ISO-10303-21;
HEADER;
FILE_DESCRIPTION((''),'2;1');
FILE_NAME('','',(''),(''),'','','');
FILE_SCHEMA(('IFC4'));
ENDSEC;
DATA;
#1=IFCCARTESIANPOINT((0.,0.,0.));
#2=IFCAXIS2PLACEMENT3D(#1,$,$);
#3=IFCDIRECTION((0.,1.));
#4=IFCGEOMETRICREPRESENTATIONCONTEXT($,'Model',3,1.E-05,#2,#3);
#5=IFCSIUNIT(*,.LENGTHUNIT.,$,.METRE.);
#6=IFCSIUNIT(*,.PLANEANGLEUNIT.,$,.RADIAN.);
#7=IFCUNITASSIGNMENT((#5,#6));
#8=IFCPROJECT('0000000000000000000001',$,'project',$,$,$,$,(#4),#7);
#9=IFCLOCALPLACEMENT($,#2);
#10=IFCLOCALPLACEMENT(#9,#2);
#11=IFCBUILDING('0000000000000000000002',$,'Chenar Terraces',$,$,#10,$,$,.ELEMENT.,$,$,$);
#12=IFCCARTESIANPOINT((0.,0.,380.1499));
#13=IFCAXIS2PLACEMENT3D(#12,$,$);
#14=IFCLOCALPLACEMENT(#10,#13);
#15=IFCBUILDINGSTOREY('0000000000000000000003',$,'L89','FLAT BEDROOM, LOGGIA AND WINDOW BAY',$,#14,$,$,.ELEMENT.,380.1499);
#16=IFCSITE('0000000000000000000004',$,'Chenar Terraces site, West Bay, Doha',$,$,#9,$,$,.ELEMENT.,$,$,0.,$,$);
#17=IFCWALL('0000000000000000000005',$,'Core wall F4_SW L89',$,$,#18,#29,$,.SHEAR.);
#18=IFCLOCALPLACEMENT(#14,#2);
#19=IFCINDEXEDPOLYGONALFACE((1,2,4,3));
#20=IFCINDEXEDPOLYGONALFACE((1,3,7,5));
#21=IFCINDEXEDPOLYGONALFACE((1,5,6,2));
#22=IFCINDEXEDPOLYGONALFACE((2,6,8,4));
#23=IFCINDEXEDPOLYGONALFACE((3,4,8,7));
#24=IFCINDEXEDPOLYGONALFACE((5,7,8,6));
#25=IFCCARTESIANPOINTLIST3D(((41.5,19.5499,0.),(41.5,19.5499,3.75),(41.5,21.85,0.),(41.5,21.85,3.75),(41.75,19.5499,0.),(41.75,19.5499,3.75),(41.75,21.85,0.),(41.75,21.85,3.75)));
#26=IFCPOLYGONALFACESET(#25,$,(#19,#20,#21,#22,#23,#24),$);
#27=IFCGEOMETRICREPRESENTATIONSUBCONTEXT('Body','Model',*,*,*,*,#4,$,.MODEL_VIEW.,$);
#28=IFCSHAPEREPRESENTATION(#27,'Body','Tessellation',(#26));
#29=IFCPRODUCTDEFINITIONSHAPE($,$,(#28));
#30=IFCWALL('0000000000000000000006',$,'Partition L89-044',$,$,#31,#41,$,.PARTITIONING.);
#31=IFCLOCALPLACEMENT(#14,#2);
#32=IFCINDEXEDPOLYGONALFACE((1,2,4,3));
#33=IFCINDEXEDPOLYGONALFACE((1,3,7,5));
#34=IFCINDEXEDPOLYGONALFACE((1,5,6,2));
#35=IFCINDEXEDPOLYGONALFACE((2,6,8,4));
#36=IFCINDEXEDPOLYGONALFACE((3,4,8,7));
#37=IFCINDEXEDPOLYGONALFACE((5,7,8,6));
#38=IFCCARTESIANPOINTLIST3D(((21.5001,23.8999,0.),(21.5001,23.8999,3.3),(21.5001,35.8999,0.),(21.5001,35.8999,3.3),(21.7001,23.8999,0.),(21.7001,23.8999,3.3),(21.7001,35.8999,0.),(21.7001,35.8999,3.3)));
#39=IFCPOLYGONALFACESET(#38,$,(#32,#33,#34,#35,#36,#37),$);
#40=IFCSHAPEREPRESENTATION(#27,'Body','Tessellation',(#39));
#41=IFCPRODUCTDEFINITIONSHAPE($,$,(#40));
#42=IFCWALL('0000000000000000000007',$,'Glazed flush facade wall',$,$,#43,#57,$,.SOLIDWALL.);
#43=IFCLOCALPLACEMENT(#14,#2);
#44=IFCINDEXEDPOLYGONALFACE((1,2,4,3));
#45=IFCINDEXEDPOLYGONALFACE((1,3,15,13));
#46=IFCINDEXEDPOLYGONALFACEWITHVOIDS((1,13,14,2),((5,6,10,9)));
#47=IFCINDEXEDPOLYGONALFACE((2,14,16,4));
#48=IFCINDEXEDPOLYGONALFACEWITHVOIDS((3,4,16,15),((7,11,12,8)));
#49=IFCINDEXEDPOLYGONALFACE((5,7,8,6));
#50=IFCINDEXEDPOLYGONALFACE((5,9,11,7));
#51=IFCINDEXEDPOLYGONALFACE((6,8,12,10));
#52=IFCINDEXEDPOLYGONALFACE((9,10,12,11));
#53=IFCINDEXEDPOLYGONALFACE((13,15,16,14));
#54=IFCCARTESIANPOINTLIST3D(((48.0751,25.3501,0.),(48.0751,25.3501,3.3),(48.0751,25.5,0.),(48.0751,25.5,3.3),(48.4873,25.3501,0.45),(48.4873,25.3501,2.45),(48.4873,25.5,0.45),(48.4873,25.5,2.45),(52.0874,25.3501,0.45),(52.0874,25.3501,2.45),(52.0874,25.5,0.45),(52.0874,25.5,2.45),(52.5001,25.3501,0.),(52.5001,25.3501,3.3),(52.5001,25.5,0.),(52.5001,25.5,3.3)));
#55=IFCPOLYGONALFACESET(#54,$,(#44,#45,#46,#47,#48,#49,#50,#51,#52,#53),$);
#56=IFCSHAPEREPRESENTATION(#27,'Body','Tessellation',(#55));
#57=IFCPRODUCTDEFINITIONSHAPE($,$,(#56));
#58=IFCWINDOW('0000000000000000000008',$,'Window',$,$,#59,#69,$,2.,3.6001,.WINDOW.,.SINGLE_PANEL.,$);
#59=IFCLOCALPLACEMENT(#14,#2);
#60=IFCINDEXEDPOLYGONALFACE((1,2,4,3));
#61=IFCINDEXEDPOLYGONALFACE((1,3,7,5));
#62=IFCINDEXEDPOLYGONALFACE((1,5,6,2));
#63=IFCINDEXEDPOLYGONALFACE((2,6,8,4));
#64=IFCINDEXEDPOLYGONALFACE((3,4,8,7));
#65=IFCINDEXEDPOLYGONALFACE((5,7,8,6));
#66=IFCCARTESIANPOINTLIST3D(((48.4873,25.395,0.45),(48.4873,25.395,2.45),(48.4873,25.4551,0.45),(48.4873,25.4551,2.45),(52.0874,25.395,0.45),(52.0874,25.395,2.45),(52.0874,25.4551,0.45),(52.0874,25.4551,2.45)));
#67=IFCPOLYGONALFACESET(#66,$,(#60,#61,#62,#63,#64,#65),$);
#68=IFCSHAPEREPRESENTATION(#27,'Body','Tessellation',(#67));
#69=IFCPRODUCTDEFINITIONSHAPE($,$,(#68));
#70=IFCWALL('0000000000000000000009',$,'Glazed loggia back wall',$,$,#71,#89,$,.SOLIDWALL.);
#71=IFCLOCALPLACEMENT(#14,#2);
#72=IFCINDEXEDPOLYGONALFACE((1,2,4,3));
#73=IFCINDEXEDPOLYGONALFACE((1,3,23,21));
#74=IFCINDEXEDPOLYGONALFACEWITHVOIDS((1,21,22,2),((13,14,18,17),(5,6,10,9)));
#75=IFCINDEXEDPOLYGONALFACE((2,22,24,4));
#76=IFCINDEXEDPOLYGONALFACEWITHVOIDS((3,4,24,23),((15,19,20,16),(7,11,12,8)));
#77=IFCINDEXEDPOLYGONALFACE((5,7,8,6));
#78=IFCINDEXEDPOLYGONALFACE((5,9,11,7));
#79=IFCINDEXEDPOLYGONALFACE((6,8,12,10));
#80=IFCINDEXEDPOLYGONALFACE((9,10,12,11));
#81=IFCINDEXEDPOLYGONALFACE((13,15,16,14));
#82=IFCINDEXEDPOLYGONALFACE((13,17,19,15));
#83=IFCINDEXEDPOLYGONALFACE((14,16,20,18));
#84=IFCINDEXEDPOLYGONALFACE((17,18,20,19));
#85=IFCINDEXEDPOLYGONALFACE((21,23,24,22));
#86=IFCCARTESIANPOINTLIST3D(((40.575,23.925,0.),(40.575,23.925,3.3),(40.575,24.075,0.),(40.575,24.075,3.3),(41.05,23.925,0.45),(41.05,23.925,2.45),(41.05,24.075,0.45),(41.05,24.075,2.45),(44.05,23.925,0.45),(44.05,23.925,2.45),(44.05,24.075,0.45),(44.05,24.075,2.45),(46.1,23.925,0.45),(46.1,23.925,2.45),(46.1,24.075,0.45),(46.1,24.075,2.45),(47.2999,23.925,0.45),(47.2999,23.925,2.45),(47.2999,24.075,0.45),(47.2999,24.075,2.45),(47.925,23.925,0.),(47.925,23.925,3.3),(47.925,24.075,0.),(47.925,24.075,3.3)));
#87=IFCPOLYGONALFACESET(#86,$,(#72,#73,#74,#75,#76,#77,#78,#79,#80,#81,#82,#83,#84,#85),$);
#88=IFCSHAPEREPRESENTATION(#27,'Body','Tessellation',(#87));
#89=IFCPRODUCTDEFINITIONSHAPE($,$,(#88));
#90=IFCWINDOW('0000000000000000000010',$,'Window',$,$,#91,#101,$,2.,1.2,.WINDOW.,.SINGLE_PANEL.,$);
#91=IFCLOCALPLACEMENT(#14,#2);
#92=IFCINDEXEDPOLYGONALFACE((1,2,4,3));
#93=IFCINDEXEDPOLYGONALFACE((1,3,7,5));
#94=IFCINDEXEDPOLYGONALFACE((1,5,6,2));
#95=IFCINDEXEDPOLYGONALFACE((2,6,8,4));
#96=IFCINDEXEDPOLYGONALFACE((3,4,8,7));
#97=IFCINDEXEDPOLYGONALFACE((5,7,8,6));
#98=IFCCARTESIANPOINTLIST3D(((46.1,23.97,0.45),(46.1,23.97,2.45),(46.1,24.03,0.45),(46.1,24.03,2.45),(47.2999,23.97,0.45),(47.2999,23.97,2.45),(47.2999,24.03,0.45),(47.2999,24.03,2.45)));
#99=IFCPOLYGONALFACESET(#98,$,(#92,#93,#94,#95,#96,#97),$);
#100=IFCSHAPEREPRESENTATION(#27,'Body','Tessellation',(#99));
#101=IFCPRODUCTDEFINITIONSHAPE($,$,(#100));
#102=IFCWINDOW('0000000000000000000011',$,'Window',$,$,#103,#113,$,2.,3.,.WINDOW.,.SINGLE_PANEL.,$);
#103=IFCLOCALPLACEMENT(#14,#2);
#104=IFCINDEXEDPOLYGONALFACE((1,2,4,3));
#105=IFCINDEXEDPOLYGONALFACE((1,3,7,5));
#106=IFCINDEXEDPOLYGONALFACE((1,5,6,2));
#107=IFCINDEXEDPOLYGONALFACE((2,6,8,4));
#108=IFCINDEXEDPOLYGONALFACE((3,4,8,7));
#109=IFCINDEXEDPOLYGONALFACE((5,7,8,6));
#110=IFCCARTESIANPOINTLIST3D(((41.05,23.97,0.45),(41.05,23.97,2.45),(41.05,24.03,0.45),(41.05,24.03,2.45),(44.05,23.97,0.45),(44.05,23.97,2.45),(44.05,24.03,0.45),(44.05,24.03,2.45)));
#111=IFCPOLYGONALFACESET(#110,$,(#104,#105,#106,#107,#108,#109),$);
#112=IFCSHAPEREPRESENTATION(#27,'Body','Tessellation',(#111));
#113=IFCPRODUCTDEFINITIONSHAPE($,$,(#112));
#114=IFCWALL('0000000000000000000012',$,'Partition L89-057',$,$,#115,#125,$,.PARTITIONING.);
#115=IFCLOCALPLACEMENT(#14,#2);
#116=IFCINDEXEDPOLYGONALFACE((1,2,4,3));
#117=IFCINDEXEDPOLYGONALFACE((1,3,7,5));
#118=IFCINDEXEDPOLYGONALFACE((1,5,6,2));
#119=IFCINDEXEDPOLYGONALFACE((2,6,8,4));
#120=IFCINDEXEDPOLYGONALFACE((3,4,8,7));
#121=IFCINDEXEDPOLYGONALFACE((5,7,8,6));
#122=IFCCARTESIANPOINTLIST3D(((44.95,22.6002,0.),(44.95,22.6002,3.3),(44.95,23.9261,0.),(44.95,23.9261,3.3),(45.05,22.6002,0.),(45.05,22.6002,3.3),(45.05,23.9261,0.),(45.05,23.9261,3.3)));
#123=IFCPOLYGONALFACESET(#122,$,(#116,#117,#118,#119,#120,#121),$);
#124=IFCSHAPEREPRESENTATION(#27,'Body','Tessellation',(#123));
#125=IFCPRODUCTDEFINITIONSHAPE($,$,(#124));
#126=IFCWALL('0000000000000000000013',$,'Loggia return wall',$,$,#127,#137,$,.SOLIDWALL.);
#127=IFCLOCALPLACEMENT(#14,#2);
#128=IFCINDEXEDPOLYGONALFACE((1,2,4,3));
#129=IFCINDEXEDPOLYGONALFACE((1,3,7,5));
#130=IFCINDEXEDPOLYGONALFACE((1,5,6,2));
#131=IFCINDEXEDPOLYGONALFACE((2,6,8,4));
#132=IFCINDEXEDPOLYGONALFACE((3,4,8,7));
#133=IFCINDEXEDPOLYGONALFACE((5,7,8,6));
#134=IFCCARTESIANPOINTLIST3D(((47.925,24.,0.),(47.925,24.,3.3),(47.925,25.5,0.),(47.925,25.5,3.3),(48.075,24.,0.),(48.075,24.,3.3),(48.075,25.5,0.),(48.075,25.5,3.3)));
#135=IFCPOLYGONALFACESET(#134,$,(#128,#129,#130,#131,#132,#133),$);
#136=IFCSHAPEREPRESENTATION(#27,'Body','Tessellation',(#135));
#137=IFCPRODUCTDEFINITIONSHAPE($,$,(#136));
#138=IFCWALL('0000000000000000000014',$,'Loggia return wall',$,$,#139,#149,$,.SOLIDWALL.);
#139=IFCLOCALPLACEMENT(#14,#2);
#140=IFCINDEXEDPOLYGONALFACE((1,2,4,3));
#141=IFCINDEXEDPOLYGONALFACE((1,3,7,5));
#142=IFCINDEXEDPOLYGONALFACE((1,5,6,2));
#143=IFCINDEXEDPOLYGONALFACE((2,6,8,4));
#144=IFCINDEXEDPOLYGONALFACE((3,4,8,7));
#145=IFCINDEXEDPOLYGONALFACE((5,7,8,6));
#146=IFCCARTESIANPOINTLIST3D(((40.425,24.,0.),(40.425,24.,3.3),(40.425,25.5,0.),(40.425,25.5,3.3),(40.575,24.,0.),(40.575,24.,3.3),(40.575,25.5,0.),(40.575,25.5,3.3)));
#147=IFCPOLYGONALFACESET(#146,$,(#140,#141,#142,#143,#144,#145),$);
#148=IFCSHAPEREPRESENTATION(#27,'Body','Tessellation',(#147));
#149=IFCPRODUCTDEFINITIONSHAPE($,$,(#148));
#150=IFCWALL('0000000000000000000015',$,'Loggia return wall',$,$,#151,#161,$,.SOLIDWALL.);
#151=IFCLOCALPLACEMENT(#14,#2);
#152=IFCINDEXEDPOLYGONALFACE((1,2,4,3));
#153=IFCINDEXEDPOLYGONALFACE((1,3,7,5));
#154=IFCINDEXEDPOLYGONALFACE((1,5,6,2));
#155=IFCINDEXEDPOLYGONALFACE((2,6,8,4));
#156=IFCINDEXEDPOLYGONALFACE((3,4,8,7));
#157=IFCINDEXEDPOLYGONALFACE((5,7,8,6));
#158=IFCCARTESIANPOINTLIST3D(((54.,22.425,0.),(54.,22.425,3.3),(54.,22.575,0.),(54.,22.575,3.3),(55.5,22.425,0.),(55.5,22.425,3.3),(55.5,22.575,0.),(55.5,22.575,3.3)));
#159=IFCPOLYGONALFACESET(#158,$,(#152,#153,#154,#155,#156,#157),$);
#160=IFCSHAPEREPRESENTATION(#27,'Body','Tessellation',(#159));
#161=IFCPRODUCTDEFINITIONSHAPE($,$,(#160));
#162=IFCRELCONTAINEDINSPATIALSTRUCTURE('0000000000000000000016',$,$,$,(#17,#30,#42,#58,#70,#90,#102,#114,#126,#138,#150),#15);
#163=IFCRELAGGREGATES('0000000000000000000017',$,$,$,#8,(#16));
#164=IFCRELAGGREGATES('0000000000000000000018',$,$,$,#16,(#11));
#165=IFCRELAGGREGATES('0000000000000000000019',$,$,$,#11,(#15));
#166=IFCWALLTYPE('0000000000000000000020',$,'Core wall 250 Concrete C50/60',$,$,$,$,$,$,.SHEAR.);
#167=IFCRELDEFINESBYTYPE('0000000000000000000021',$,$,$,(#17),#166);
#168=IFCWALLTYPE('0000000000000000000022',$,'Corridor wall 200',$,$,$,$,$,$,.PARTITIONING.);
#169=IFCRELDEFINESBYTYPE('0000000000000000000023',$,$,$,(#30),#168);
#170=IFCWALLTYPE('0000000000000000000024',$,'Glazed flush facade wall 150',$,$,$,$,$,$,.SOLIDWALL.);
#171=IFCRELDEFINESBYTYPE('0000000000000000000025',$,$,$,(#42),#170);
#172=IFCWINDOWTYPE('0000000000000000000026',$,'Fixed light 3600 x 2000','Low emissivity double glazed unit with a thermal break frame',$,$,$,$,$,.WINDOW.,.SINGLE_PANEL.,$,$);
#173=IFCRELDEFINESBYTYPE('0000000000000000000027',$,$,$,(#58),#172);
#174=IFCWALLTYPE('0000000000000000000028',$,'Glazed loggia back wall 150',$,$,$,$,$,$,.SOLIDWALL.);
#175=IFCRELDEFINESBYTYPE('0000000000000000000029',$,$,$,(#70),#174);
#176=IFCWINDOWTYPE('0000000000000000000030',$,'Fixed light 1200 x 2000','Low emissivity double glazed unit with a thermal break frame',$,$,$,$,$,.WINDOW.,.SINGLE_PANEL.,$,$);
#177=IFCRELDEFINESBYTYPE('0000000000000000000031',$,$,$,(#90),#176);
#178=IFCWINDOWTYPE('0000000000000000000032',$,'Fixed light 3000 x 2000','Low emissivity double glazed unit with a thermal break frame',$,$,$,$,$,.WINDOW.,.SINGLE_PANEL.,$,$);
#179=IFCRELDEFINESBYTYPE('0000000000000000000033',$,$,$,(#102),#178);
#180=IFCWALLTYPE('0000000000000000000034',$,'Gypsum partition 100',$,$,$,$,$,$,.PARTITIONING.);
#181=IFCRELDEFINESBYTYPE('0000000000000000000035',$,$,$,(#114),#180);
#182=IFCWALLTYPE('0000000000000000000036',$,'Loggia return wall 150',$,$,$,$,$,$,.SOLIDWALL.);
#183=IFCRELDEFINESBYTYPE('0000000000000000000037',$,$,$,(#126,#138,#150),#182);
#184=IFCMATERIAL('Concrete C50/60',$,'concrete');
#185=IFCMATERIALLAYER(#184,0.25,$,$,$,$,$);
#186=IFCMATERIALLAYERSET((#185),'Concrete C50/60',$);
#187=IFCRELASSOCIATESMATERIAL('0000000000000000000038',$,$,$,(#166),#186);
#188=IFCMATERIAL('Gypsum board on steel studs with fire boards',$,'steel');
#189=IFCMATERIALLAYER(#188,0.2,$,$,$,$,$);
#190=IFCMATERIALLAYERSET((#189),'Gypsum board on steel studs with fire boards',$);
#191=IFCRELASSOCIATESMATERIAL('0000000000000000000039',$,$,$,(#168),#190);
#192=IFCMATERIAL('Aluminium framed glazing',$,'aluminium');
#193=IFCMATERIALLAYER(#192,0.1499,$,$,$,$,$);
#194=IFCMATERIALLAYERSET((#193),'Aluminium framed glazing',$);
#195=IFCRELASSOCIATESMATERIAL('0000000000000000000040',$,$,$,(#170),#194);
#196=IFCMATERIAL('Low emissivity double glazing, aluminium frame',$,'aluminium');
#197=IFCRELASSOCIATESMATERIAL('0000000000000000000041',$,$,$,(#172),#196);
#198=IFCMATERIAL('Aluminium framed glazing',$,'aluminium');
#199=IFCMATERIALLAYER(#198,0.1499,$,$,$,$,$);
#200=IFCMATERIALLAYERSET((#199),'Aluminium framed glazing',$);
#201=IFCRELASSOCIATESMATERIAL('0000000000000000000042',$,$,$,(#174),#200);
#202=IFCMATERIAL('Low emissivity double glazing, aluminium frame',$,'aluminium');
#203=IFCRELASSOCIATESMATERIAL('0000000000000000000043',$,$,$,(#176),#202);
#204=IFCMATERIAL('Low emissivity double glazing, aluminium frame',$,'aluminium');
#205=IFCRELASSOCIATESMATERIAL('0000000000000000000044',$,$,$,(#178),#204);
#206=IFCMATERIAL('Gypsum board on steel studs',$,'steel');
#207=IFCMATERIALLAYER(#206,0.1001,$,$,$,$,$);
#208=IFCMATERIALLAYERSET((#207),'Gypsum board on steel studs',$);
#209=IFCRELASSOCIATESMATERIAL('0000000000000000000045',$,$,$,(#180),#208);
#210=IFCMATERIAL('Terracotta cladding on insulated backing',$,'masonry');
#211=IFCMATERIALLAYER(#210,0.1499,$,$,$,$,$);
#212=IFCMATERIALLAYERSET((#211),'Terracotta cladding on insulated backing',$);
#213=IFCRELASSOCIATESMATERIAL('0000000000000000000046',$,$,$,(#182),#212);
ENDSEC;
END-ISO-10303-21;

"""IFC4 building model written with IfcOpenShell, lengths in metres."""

from ifc_helpers import new_model, si_unit, direction, frame, frame_2d, origin, place, context, subcontext, project, spatial, rectangle, extrude, material, layer, layer_set, type_object, element, fill, save


model = new_model("IFC4")

# Units and contexts
model_context = context("Model", 3, precision=1e-05, world=origin(), true_north=direction((0.0, 1.0)))
body_context = subcontext(model_context, "Body", "Model", "MODEL_VIEW")
ifc_project = project(units=[si_unit("LENGTHUNIT", "METRE"), si_unit("PLANEANGLEUNIT", "RADIAN")], contexts=[model_context])

# Site, building, storey
site_placement = place(None, origin())
site = spatial("IfcSite", under=ifc_project, at=site_placement, Name="Chenar Terraces site, West Bay, Doha", CompositionType="ELEMENT", RefElevation=0.0)
building_placement = place(site_placement, origin())
building = spatial("IfcBuilding", under=site, at=building_placement, Name="Chenar Terraces", CompositionType="ELEMENT")
storey_placement = place(building_placement, frame((0.0, 0.0, 380.1499)))
storey = spatial("IfcBuildingStorey", under=building, at=storey_placement, Name="L89", Description="FLAT BEDROOM, LOGGIA AND WINDOW BAY", CompositionType="ELEMENT", Elevation=380.1499)

# Walls
ifc_material_1 = material(Name="Concrete C50/60", Category="concrete")
ifc_layer_1 = layer(ifc_material_1, 0.25)
ifc_layer_set_1 = layer_set([ifc_layer_1], Name="Concrete C50/60")
wall_type_1 = type_object("IfcWallType", Name="Core wall 250 Concrete C50/60", PredefinedType="SHEAR", material=ifc_layer_set_1)
wall_1_placement = place(storey_placement, frame((41.625, 19.55, 0.0), z_axis=(0.0, 0.0, 1.0), x_axis=(0.0, 1.0, 0.0)))
element("IfcWall", 1, at=wall_1_placement, inside=storey, type_object=wall_type_1, Name="Core wall F4_SW L89", PredefinedType="SHEAR", context=body_context, shape_type="SweptSolid", body=[
    extrude(rectangle(XDim=2.3, YDim=0.25, at=frame_2d((1.1499, 0.0))), origin(), (0.0, 0.0, 1.0), 3.75),
])
ifc_material_2 = material(Name="Gypsum board on steel studs with fire boards", Category="steel")
ifc_layer_2 = layer(ifc_material_2, 0.2)
ifc_layer_set_2 = layer_set([ifc_layer_2], Name="Gypsum board on steel studs with fire boards")
wall_type_2 = type_object("IfcWallType", Name="Corridor wall 200", PredefinedType="PARTITIONING", material=ifc_layer_set_2)
wall_2_placement = place(storey_placement, frame((21.6001, 23.8999, 0.0), z_axis=(0.0, 0.0, 1.0), x_axis=(0.0, 1.0, 0.0)))
element("IfcWall", 2, at=wall_2_placement, inside=storey, type_object=wall_type_2, Name="Partition L89-044", PredefinedType="PARTITIONING", context=body_context, shape_type="SweptSolid", body=[
    extrude(rectangle(XDim=12.0, YDim=0.2, at=frame_2d((6.0, 0.0))), origin(), (0.0, 0.0, 1.0), 3.3),
])

# Wall, opening, window
ifc_material_3 = material(Name="Aluminium framed glazing", Category="aluminium")
ifc_layer_3 = layer(ifc_material_3, 0.1499)
ifc_layer_set_3 = layer_set([ifc_layer_3], Name="Aluminium framed glazing")
wall_type_3 = type_object("IfcWallType", Name="Glazed flush facade wall 150", PredefinedType="SOLIDWALL", material=ifc_layer_set_3)
wall_3_placement = place(storey_placement, frame((52.5, 25.425, 0.0), z_axis=(0.0, 0.0, 1.0), x_axis=(-1.0, 0.0, 0.0)))
wall_3 = element("IfcWall", 3, at=wall_3_placement, inside=storey, type_object=wall_type_3, Name="Glazed flush facade wall", PredefinedType="SOLIDWALL", context=body_context, shape_type="SweptSolid", body=[
    extrude(rectangle(XDim=4.425, YDim=0.1499, at=frame_2d((2.2124, 0.0))), origin(), (0.0, 0.0, 1.0), 3.3),
])
opening_1_placement = place(wall_3_placement, frame((0.4126, 0.0, 0.45)))
opening_1 = element("IfcOpeningElement", 4, at=opening_1_placement, cuts=wall_3, PredefinedType="OPENING", context=body_context, shape_type="SweptSolid", body=[
    extrude(rectangle(XDim=3.6001, YDim=2.0, at=frame_2d((1.8, 1.0))), frame((0.0, 0.085, 0.0), z_axis=(0.0, -1.0, 0.0), x_axis=(1.0, 0.0, 0.0)), (0.0, 0.0, 1.0), 0.1699),
])
ifc_material_4 = material(Name="Low emissivity double glazing, aluminium frame", Category="aluminium")
window_type_1 = type_object("IfcWindowType", Name="Fixed light 3600 x 2000", Description="Low emissivity double glazed unit with a thermal break frame", PartitioningType="SINGLE_PANEL", PredefinedType="WINDOW", material=ifc_material_4)
window_1_placement = place(opening_1_placement, origin())
window_1 = element("IfcWindow", 5, at=window_1_placement, inside=storey, type_object=window_type_1, Name="Window", OverallHeight=2.0, OverallWidth=3.6001, PartitioningType="SINGLE_PANEL", PredefinedType="WINDOW", context=body_context, shape_type="SweptSolid", body=[
    extrude(rectangle(XDim=3.6001, YDim=2.0, at=frame_2d((1.8, 1.0))), frame((0.0, 0.03, 0.0), z_axis=(0.0, -1.0, 0.0), x_axis=(1.0, 0.0, 0.0)), (0.0, 0.0, 1.0), 0.0601),
])
fill(opening_1, window_1)

# Wall, openings, windows
ifc_material_5 = material(Name="Aluminium framed glazing", Category="aluminium")
ifc_layer_4 = layer(ifc_material_5, 0.1499)
ifc_layer_set_4 = layer_set([ifc_layer_4], Name="Aluminium framed glazing")
wall_type_4 = type_object("IfcWallType", Name="Glazed loggia back wall 150", PredefinedType="SOLIDWALL", material=ifc_layer_set_4)
wall_4_placement = place(storey_placement, frame((47.925, 24.0, 0.0), z_axis=(0.0, 0.0, 1.0), x_axis=(-1.0, 0.0, 0.0)))
wall_4 = element("IfcWall", 6, at=wall_4_placement, inside=storey, type_object=wall_type_4, Name="Glazed loggia back wall", PredefinedType="SOLIDWALL", context=body_context, shape_type="SweptSolid", body=[
    extrude(rectangle(XDim=7.3501, YDim=0.1499, at=frame_2d((3.675, 0.0))), origin(), (0.0, 0.0, 1.0), 3.3),
])
opening_2_placement = place(wall_4_placement, frame((0.625, 0.0, 0.45)))
opening_2 = element("IfcOpeningElement", 7, at=opening_2_placement, cuts=wall_4, PredefinedType="OPENING", context=body_context, shape_type="SweptSolid", body=[
    extrude(rectangle(XDim=1.2, YDim=2.0, at=frame_2d((0.6001, 1.0))), frame((0.0, 0.085, 0.0), z_axis=(0.0, -1.0, 0.0), x_axis=(1.0, 0.0, 0.0)), (0.0, 0.0, 1.0), 0.1699),
])
opening_3_placement = place(wall_4_placement, frame((3.875, 0.0, 0.45)))
opening_3 = element("IfcOpeningElement", 8, at=opening_3_placement, cuts=wall_4, PredefinedType="OPENING", context=body_context, shape_type="SweptSolid", body=[
    extrude(rectangle(XDim=3.0, YDim=2.0, at=frame_2d((1.5, 1.0))), frame((0.0, 0.085, 0.0), z_axis=(0.0, -1.0, 0.0), x_axis=(1.0, 0.0, 0.0)), (0.0, 0.0, 1.0), 0.1699),
])
ifc_material_6 = material(Name="Low emissivity double glazing, aluminium frame", Category="aluminium")
window_type_2 = type_object("IfcWindowType", Name="Fixed light 1200 x 2000", Description="Low emissivity double glazed unit with a thermal break frame", PartitioningType="SINGLE_PANEL", PredefinedType="WINDOW", material=ifc_material_6)
window_2_placement = place(opening_2_placement, origin())
window_2 = element("IfcWindow", 9, at=window_2_placement, inside=storey, type_object=window_type_2, Name="Window", OverallHeight=2.0, OverallWidth=1.2, PartitioningType="SINGLE_PANEL", PredefinedType="WINDOW", context=body_context, shape_type="SweptSolid", body=[
    extrude(rectangle(XDim=1.2, YDim=2.0, at=frame_2d((0.6001, 1.0))), frame((0.0, 0.03, 0.0), z_axis=(0.0, -1.0, 0.0), x_axis=(1.0, 0.0, 0.0)), (0.0, 0.0, 1.0), 0.0601),
])
fill(opening_2, window_2)
ifc_material_7 = material(Name="Low emissivity double glazing, aluminium frame", Category="aluminium")
window_type_3 = type_object("IfcWindowType", Name="Fixed light 3000 x 2000", Description="Low emissivity double glazed unit with a thermal break frame", PartitioningType="SINGLE_PANEL", PredefinedType="WINDOW", material=ifc_material_7)
window_3_placement = place(opening_3_placement, origin())
window_3 = element("IfcWindow", 10, at=window_3_placement, inside=storey, type_object=window_type_3, Name="Window", OverallHeight=2.0, OverallWidth=3.0, PartitioningType="SINGLE_PANEL", PredefinedType="WINDOW", context=body_context, shape_type="SweptSolid", body=[
    extrude(rectangle(XDim=3.0, YDim=2.0, at=frame_2d((1.5, 1.0))), frame((0.0, 0.03, 0.0), z_axis=(0.0, -1.0, 0.0), x_axis=(1.0, 0.0, 0.0)), (0.0, 0.0, 1.0), 0.0601),
])
fill(opening_3, window_3)

# Walls
ifc_material_8 = material(Name="Gypsum board on steel studs", Category="steel")
ifc_layer_5 = layer(ifc_material_8, 0.1001)
ifc_layer_set_5 = layer_set([ifc_layer_5], Name="Gypsum board on steel studs")
wall_type_5 = type_object("IfcWallType", Name="Gypsum partition 100", PredefinedType="PARTITIONING", material=ifc_layer_set_5)
wall_5_placement = place(storey_placement, frame((45.0, 22.6001, 0.0), z_axis=(0.0, 0.0, 1.0), x_axis=(0.0, 1.0, 0.0)))
element("IfcWall", 11, at=wall_5_placement, inside=storey, type_object=wall_type_5, Name="Partition L89-057", PredefinedType="PARTITIONING", context=body_context, shape_type="SweptSolid", body=[
    extrude(rectangle(XDim=1.3259, YDim=0.1001, at=frame_2d((0.6631, 0.0))), origin(), (0.0, 0.0, 1.0), 3.3),
])
ifc_material_9 = material(Name="Terracotta cladding on insulated backing", Category="masonry")
ifc_layer_6 = layer(ifc_material_9, 0.1499)
ifc_layer_set_6 = layer_set([ifc_layer_6], Name="Terracotta cladding on insulated backing")
wall_type_6 = type_object("IfcWallType", Name="Loggia return wall 150", PredefinedType="SOLIDWALL", material=ifc_layer_set_6)
for number, where, z_axis, x_axis, name in (
    (12, (48.0, 25.5, 0.0), (0.0, 0.0, 1.0), (0.0, -1.0, 0.0), "Loggia return wall"),
    (13, (40.5, 25.5, 0.0), (0.0, 0.0, 1.0), (0.0, -1.0, 0.0), "Loggia return wall"),
    (14, (55.5, 22.5, 0.0), (0.0, 0.0, 1.0), (-1.0, 0.0, 0.0), "Loggia return wall"),
):
    element("IfcWall", number, at=place(storey_placement, frame(where, z_axis=z_axis, x_axis=x_axis)), inside=storey, type_object=wall_type_6, Name=name, PredefinedType="SOLIDWALL", context=body_context, shape_type="SweptSolid", body=[
        extrude(rectangle(XDim=1.5, YDim=0.1499, at=frame_2d((0.75, 0.0))), origin(), (0.0, 0.0, 1.0), 3.3),
    ])

save(model, "model.ifc")
